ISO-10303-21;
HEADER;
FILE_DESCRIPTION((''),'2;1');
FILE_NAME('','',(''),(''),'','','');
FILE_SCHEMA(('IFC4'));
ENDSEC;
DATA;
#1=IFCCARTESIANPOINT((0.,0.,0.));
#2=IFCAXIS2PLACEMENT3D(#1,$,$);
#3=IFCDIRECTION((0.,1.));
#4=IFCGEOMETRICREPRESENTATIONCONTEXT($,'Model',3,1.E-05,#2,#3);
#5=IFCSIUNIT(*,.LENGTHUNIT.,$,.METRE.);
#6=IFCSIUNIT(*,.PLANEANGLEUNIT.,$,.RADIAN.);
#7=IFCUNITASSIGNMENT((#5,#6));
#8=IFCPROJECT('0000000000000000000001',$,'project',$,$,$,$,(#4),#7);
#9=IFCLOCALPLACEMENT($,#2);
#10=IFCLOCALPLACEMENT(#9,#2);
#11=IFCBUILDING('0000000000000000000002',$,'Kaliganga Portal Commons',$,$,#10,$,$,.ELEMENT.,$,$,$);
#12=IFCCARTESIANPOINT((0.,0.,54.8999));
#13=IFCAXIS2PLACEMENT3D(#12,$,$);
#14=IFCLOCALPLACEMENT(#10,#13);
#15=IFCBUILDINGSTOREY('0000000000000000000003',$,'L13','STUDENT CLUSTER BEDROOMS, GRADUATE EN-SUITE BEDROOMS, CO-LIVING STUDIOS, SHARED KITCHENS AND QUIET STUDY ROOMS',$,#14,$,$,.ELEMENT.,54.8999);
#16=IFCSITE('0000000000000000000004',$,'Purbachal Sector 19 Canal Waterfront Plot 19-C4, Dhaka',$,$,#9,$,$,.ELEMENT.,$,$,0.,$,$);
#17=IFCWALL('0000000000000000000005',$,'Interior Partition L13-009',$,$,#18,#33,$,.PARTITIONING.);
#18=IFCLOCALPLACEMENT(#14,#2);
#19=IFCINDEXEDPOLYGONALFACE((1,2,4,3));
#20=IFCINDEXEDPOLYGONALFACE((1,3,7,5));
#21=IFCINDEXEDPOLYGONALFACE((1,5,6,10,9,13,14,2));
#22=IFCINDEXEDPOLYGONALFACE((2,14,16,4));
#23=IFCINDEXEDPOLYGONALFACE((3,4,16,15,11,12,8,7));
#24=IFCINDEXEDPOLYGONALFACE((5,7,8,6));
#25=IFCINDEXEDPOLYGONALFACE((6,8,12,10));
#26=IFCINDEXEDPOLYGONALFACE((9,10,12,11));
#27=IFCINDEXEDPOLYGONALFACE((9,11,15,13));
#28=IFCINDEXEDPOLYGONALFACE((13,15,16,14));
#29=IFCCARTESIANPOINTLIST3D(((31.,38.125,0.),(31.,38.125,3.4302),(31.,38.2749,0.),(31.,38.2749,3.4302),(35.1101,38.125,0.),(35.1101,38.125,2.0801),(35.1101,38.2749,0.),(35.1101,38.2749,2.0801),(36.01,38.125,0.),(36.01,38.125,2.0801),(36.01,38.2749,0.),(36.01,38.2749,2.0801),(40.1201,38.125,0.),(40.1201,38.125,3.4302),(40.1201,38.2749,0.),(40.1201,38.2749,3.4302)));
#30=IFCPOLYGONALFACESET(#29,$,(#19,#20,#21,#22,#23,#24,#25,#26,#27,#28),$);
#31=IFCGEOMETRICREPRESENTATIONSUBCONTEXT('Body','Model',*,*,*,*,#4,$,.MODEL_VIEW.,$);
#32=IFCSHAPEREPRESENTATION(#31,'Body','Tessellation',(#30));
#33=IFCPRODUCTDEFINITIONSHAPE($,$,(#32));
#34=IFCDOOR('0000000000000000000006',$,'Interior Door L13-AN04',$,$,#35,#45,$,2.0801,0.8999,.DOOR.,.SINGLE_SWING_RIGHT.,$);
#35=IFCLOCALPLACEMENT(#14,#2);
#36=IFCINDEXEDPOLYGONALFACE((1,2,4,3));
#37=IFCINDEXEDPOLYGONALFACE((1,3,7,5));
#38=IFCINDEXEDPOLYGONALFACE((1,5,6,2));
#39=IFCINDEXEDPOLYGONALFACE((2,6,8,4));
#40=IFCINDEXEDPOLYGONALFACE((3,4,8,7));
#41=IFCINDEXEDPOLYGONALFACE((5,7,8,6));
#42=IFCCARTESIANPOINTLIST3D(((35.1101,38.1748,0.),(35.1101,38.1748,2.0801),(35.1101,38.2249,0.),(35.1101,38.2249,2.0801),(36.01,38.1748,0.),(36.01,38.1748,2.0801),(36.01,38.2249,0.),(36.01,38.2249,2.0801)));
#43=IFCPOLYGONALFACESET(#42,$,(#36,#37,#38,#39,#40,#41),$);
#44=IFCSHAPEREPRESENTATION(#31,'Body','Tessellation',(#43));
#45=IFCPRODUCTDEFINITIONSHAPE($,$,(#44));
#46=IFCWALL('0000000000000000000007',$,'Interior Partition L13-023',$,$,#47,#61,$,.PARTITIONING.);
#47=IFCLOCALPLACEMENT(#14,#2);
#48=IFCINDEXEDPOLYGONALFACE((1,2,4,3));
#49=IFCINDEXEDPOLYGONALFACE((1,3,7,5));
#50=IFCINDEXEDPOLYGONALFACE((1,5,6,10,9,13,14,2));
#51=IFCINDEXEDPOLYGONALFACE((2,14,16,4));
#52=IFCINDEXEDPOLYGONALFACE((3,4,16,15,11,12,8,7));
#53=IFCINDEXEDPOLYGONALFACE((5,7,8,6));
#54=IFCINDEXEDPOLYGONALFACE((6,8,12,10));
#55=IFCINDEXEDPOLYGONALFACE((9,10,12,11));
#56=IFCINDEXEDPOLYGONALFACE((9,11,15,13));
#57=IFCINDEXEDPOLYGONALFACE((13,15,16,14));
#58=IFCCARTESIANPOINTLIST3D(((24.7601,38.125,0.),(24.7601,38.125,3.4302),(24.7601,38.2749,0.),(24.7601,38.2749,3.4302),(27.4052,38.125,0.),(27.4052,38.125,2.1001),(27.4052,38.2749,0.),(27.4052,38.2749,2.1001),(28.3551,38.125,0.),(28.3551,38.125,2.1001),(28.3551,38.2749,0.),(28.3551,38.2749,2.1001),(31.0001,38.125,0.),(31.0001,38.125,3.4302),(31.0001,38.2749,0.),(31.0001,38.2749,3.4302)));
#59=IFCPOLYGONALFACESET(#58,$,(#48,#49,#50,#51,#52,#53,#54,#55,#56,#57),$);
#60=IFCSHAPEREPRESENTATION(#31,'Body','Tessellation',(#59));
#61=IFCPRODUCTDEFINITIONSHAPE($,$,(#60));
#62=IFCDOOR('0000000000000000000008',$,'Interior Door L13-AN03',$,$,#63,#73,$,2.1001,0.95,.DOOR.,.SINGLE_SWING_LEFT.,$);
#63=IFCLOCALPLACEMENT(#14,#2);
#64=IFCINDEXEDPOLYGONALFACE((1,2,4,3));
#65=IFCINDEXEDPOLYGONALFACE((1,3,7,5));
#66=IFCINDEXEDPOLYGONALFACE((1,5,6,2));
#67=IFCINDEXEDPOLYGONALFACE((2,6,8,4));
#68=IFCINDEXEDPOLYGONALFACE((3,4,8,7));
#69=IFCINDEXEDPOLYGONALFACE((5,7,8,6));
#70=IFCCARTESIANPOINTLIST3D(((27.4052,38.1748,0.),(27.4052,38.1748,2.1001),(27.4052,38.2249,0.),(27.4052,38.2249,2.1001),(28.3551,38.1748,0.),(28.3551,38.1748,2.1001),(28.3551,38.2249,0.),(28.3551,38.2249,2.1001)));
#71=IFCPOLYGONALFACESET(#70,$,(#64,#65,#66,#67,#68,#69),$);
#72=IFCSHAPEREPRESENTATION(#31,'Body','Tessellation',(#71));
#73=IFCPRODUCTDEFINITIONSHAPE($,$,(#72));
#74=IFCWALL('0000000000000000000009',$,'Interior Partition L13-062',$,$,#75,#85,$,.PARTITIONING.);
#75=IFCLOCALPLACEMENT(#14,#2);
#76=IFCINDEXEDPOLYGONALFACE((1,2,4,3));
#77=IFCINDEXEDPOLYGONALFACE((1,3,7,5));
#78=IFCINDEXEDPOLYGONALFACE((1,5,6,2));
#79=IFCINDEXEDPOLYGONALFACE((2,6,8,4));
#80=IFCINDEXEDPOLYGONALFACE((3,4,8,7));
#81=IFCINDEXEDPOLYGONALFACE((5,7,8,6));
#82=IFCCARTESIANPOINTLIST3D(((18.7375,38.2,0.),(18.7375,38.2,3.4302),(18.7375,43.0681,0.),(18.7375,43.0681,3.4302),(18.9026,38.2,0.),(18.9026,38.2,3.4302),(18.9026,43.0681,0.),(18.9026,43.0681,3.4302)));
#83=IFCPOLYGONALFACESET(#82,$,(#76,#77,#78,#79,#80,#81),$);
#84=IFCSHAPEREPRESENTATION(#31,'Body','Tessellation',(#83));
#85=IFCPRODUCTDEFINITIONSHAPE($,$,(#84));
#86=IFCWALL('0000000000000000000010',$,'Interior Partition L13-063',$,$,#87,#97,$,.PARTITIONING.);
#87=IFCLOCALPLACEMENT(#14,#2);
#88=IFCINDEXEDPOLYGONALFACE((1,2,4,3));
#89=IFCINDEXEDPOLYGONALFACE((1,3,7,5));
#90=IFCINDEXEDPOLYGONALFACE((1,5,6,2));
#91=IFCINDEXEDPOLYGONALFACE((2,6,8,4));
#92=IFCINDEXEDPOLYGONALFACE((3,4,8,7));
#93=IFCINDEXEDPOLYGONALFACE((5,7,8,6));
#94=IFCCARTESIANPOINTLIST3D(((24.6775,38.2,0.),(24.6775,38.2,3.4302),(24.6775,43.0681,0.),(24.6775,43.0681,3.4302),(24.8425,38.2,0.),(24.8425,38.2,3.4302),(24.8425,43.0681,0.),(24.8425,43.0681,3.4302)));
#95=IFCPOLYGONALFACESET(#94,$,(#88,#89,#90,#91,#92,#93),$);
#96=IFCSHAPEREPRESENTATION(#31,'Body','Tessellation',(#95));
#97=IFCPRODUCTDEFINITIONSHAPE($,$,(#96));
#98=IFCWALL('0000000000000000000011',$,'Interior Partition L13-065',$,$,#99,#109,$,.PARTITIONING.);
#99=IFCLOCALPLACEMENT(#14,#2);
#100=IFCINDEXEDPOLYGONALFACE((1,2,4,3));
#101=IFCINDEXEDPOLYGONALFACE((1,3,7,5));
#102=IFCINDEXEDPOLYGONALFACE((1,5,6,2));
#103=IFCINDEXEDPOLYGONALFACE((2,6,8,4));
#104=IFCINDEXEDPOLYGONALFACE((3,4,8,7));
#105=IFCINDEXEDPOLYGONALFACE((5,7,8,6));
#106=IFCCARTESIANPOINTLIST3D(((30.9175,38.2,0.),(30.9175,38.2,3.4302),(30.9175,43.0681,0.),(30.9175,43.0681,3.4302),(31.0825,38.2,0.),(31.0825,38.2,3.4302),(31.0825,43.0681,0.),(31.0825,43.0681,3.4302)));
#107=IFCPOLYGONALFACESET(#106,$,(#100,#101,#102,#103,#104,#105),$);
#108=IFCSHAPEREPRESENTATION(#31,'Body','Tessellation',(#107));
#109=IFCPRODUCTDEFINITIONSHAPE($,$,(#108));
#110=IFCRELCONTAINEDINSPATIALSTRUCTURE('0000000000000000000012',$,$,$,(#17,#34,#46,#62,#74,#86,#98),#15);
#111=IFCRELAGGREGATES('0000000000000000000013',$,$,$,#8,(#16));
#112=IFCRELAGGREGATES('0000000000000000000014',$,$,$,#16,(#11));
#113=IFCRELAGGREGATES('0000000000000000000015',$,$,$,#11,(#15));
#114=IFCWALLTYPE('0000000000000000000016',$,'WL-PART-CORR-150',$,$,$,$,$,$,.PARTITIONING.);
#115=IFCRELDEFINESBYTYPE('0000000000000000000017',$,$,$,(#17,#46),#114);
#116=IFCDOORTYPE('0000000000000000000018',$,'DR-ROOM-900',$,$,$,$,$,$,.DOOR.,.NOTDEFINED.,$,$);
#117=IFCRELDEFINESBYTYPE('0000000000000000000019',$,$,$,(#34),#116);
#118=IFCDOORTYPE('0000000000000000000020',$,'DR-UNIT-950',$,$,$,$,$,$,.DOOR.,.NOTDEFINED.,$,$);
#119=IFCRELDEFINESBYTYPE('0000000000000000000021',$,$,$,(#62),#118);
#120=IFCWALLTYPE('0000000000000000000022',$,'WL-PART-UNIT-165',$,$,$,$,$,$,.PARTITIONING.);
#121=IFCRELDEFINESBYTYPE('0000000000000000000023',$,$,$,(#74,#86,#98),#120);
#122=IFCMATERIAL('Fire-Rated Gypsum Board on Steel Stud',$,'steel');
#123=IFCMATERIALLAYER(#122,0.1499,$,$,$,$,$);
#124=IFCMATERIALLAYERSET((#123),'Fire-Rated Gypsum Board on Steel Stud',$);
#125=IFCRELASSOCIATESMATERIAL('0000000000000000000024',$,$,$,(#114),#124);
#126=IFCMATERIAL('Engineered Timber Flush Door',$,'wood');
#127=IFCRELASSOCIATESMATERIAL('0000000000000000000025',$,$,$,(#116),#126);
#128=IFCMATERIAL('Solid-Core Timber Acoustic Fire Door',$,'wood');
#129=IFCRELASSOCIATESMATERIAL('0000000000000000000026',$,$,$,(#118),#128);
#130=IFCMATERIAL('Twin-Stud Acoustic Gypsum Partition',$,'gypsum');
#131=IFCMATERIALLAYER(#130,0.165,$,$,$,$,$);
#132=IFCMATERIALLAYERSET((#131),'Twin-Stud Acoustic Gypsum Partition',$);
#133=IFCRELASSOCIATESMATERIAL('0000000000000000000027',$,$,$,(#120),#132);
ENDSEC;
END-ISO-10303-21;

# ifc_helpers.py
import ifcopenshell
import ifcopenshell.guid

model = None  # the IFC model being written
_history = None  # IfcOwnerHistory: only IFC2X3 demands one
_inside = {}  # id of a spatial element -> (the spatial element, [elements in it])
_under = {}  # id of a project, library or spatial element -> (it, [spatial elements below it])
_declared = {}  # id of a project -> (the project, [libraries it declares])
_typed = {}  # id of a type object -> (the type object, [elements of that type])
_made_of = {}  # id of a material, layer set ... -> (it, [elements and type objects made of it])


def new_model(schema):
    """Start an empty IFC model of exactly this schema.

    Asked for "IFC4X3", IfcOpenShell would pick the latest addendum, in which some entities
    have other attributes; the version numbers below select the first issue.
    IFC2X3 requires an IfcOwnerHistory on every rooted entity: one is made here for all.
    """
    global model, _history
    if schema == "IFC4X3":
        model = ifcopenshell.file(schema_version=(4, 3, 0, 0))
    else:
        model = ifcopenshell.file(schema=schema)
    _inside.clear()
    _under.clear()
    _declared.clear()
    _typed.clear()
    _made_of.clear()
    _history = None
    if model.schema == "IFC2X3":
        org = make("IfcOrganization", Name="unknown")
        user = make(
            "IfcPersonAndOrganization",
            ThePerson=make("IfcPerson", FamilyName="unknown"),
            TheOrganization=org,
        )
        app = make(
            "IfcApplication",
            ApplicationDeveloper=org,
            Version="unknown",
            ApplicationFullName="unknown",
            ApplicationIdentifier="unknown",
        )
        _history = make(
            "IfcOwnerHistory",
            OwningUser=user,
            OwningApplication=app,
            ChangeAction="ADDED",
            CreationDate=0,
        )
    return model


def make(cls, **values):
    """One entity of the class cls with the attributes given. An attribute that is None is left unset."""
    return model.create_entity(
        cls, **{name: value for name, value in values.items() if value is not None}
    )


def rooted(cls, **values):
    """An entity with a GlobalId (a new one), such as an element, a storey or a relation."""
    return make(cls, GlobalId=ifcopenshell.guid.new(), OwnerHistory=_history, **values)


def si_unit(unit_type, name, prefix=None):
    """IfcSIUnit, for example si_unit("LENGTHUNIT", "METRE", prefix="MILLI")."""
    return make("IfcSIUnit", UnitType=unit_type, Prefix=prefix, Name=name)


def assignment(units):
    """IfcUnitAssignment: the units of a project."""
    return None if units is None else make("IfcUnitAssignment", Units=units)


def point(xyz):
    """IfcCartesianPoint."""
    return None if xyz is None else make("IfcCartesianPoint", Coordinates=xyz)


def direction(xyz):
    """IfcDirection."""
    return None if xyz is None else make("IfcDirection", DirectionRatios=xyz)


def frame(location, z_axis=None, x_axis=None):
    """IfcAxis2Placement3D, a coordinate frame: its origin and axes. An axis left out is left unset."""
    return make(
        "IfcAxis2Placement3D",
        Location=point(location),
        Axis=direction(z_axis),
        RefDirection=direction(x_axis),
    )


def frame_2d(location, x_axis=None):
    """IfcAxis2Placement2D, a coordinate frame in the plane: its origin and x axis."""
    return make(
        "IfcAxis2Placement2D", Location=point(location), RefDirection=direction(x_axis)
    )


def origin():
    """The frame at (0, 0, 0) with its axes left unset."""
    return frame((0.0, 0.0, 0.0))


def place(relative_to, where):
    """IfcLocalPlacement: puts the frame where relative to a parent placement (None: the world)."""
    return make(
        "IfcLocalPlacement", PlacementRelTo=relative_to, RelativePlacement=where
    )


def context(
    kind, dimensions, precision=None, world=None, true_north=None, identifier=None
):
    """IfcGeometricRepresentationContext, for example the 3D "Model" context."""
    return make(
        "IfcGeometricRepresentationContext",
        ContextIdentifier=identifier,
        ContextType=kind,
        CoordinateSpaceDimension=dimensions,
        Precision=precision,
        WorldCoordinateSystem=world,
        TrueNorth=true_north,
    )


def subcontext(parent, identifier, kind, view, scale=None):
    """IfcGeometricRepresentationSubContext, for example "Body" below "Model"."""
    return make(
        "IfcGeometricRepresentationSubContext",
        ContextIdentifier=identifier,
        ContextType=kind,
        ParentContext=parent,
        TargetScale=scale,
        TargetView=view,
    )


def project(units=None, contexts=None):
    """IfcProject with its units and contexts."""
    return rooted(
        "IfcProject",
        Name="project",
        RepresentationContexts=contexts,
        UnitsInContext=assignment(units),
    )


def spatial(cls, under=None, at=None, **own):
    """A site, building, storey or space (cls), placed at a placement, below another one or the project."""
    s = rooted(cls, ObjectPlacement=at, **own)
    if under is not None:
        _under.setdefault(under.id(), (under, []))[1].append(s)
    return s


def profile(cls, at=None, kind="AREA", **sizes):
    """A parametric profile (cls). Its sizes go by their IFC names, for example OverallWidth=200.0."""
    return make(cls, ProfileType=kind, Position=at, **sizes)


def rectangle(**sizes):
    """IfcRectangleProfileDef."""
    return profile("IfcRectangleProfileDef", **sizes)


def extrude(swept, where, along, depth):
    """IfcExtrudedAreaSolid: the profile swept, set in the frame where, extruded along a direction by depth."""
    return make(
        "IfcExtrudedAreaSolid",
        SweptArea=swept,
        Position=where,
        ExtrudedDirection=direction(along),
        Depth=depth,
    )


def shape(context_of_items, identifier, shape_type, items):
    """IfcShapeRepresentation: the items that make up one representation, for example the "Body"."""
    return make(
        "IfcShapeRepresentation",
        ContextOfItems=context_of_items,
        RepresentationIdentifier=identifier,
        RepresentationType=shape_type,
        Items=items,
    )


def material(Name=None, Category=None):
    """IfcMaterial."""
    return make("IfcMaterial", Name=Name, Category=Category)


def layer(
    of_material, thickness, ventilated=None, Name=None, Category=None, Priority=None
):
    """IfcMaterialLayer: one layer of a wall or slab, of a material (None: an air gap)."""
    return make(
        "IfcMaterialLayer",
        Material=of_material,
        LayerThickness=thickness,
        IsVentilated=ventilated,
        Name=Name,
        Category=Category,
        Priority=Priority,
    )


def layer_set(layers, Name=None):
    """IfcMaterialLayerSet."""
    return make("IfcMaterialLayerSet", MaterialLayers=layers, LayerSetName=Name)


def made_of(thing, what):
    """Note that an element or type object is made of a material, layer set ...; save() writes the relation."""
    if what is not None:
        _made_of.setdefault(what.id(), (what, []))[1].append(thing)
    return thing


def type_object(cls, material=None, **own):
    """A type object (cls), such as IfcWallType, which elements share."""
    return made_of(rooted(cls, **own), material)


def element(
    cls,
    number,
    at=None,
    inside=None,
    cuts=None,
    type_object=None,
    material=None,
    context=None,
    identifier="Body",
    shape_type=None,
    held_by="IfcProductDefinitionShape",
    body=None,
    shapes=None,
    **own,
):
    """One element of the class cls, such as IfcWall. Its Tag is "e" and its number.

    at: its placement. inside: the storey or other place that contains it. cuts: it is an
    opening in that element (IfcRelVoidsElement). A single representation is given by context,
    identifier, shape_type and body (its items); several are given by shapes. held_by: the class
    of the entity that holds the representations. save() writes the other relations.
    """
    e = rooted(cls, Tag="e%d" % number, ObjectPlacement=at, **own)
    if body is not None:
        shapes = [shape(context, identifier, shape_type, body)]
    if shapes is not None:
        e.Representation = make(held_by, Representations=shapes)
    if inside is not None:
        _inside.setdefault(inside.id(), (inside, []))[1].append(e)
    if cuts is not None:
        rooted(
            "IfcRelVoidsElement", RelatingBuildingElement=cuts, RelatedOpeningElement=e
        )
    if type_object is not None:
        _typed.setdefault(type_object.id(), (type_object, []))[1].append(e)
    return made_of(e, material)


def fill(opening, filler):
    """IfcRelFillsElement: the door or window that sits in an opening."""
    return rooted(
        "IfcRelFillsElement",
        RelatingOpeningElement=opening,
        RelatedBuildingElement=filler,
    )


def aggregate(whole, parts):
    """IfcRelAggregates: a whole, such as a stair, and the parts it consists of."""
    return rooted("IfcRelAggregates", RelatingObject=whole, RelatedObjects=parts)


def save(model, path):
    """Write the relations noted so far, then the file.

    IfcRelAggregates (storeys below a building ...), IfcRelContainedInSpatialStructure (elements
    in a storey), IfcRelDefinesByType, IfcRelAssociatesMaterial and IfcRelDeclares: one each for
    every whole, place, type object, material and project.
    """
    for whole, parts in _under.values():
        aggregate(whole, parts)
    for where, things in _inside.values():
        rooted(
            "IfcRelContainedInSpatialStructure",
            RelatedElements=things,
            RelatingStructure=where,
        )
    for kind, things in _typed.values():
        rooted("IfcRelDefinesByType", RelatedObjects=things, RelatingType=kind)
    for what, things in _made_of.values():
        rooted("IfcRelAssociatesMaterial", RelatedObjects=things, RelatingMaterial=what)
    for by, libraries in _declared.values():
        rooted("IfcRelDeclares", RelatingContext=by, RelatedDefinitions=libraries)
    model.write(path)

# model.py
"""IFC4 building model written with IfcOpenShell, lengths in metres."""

from ifc_helpers import new_model, si_unit, direction, frame, frame_2d, origin, place, context, subcontext, project, spatial, rectangle, extrude, material, layer, layer_set, type_object, element, fill, save


model = new_model("IFC4")

# Units and contexts
model_context = context("Model", 3, precision=1e-05, world=origin(), true_north=direction((0.0, 1.0)))
body_context = subcontext(model_context, "Body", "Model", "MODEL_VIEW")
ifc_project = project(units=[si_unit("LENGTHUNIT", "METRE"), si_unit("PLANEANGLEUNIT", "RADIAN")], contexts=[model_context])

# Site, building, storey
site_placement = place(None, origin())
site = spatial("IfcSite", under=ifc_project, at=site_placement, Name="Purbachal Sector 19 Canal Waterfront Plot 19-C4, Dhaka", CompositionType="ELEMENT", RefElevation=0.0)
building_placement = place(site_placement, origin())
building = spatial("IfcBuilding", under=site, at=building_placement, Name="Kaliganga Portal Commons", CompositionType="ELEMENT")
storey_placement = place(building_placement, frame((0.0, 0.0, 54.8999)))
storey = spatial("IfcBuildingStorey", under=building, at=storey_placement, Name="L13", Description="STUDENT CLUSTER BEDROOMS, GRADUATE EN-SUITE BEDROOMS, CO-LIVING STUDIOS, SHARED KITCHENS AND QUIET STUDY ROOMS", CompositionType="ELEMENT", Elevation=54.8999)

# Walls, openings, doors
ifc_material_1 = material(Name="Fire-Rated Gypsum Board on Steel Stud", Category="steel")
ifc_layer_1 = layer(ifc_material_1, 0.1499)
ifc_layer_set_1 = layer_set([ifc_layer_1], Name="Fire-Rated Gypsum Board on Steel Stud")
wall_type_1 = type_object("IfcWallType", Name="WL-PART-CORR-150", PredefinedType="PARTITIONING", material=ifc_layer_set_1)
wall_1_placement = place(storey_placement, frame((31.0, 38.2, 0.0), z_axis=(0.0, 0.0, 1.0), x_axis=(1.0, 0.0, 0.0)))
wall_1 = element("IfcWall", 1, at=wall_1_placement, inside=storey, type_object=wall_type_1, Name="Interior Partition L13-009", PredefinedType="PARTITIONING", context=body_context, shape_type="SweptSolid", body=[
    extrude(rectangle(XDim=9.1201, YDim=0.1499, at=frame_2d((4.5601, 0.0))), origin(), (0.0, 0.0, 1.0), 3.4302),
])
opening_1_placement = place(wall_1_placement, frame((4.1101, 0.0, 0.0)))
opening_1 = element("IfcOpeningElement", 2, at=opening_1_placement, cuts=wall_1, PredefinedType="OPENING", context=body_context, shape_type="SweptSolid", body=[
    extrude(rectangle(XDim=0.8999, YDim=2.0801, at=frame_2d((0.45, 1.04))), frame((0.0, 0.085, 0.0), z_axis=(0.0, -1.0, 0.0), x_axis=(1.0, 0.0, 0.0)), (0.0, 0.0, 1.0), 0.1699),
])
ifc_material_2 = material(Name="Engineered Timber Flush Door", Category="wood")
door_type_1 = type_object("IfcDoorType", Name="DR-ROOM-900", OperationType="NOTDEFINED", PredefinedType="DOOR", material=ifc_material_2)
door_1_placement = place(opening_1_placement, origin())
door_1 = element("IfcDoor", 3, at=door_1_placement, inside=storey, type_object=door_type_1, Name="Interior Door L13-AN04", OperationType="SINGLE_SWING_RIGHT", OverallHeight=2.0801, OverallWidth=0.8999, PredefinedType="DOOR", context=body_context, shape_type="SweptSolid", body=[
    extrude(rectangle(XDim=0.8999, YDim=2.0801, at=frame_2d((0.45, 1.04))), frame((0.0, 0.0249, 0.0), z_axis=(0.0, -1.0, 0.0), x_axis=(1.0, 0.0, 0.0)), (0.0, 0.0, 1.0), 0.05),
])
fill(opening_1, door_1)
wall_2_placement = place(storey_placement, frame((24.76, 38.2, 0.0), z_axis=(0.0, 0.0, 1.0), x_axis=(1.0, 0.0, 0.0)))
wall_2 = element("IfcWall", 4, at=wall_2_placement, inside=storey, type_object=wall_type_1, Name="Interior Partition L13-023", PredefinedType="PARTITIONING", context=body_context, shape_type="SweptSolid", body=[
    extrude(rectangle(XDim=6.24, YDim=0.1499, at=frame_2d((3.1201, 0.0))), origin(), (0.0, 0.0, 1.0), 3.4302),
])
opening_2_placement = place(wall_2_placement, frame((2.645, 0.0, 0.0)))
opening_2 = element("IfcOpeningElement", 5, at=opening_2_placement, cuts=wall_2, PredefinedType="OPENING", context=body_context, shape_type="SweptSolid", body=[
    extrude(rectangle(XDim=0.95, YDim=2.1001, at=frame_2d((0.4751, 1.05))), frame((0.0, 0.085, 0.0), z_axis=(0.0, -1.0, 0.0), x_axis=(1.0, 0.0, 0.0)), (0.0, 0.0, 1.0), 0.1699),
])
ifc_material_3 = material(Name="Solid-Core Timber Acoustic Fire Door", Category="wood")
door_type_2 = type_object("IfcDoorType", Name="DR-UNIT-950", OperationType="NOTDEFINED", PredefinedType="DOOR", material=ifc_material_3)
door_2_placement = place(opening_2_placement, origin())
door_2 = element("IfcDoor", 6, at=door_2_placement, inside=storey, type_object=door_type_2, Name="Interior Door L13-AN03", OperationType="SINGLE_SWING_LEFT", OverallHeight=2.1001, OverallWidth=0.95, PredefinedType="DOOR", context=body_context, shape_type="SweptSolid", body=[
    extrude(rectangle(XDim=0.95, YDim=2.1001, at=frame_2d((0.4751, 1.05))), frame((0.0, 0.0249, 0.0), z_axis=(0.0, -1.0, 0.0), x_axis=(1.0, 0.0, 0.0)), (0.0, 0.0, 1.0), 0.05),
])
fill(opening_2, door_2)

# Walls
ifc_material_4 = material(Name="Twin-Stud Acoustic Gypsum Partition", Category="gypsum")
ifc_layer_2 = layer(ifc_material_4, 0.165)
ifc_layer_set_2 = layer_set([ifc_layer_2], Name="Twin-Stud Acoustic Gypsum Partition")
wall_type_2 = type_object("IfcWallType", Name="WL-PART-UNIT-165", PredefinedType="PARTITIONING", material=ifc_layer_set_2)
for number, where, z_axis, x_axis, name in (
    (7, (18.8201, 38.2, 0.0), (0.0, 0.0, 1.0), (0.0, 1.0, 0.0), "Interior Partition L13-062"),
    (8, (24.76, 38.2, 0.0), (0.0, 0.0, 1.0), (0.0, 1.0, 0.0), "Interior Partition L13-063"),
    (9, (31.0, 38.2, 0.0), (0.0, 0.0, 1.0), (0.0, 1.0, 0.0), "Interior Partition L13-065"),
):
    element("IfcWall", number, at=place(storey_placement, frame(where, z_axis=z_axis, x_axis=x_axis)), inside=storey, type_object=wall_type_2, Name=name, PredefinedType="PARTITIONING", context=body_context, shape_type="SweptSolid", body=[
        extrude(rectangle(XDim=4.8682, YDim=0.165, at=frame_2d((2.4341, 0.0))), origin(), (0.0, 0.0, 1.0), 3.4302),
    ])

save(model, "model.ifc")
